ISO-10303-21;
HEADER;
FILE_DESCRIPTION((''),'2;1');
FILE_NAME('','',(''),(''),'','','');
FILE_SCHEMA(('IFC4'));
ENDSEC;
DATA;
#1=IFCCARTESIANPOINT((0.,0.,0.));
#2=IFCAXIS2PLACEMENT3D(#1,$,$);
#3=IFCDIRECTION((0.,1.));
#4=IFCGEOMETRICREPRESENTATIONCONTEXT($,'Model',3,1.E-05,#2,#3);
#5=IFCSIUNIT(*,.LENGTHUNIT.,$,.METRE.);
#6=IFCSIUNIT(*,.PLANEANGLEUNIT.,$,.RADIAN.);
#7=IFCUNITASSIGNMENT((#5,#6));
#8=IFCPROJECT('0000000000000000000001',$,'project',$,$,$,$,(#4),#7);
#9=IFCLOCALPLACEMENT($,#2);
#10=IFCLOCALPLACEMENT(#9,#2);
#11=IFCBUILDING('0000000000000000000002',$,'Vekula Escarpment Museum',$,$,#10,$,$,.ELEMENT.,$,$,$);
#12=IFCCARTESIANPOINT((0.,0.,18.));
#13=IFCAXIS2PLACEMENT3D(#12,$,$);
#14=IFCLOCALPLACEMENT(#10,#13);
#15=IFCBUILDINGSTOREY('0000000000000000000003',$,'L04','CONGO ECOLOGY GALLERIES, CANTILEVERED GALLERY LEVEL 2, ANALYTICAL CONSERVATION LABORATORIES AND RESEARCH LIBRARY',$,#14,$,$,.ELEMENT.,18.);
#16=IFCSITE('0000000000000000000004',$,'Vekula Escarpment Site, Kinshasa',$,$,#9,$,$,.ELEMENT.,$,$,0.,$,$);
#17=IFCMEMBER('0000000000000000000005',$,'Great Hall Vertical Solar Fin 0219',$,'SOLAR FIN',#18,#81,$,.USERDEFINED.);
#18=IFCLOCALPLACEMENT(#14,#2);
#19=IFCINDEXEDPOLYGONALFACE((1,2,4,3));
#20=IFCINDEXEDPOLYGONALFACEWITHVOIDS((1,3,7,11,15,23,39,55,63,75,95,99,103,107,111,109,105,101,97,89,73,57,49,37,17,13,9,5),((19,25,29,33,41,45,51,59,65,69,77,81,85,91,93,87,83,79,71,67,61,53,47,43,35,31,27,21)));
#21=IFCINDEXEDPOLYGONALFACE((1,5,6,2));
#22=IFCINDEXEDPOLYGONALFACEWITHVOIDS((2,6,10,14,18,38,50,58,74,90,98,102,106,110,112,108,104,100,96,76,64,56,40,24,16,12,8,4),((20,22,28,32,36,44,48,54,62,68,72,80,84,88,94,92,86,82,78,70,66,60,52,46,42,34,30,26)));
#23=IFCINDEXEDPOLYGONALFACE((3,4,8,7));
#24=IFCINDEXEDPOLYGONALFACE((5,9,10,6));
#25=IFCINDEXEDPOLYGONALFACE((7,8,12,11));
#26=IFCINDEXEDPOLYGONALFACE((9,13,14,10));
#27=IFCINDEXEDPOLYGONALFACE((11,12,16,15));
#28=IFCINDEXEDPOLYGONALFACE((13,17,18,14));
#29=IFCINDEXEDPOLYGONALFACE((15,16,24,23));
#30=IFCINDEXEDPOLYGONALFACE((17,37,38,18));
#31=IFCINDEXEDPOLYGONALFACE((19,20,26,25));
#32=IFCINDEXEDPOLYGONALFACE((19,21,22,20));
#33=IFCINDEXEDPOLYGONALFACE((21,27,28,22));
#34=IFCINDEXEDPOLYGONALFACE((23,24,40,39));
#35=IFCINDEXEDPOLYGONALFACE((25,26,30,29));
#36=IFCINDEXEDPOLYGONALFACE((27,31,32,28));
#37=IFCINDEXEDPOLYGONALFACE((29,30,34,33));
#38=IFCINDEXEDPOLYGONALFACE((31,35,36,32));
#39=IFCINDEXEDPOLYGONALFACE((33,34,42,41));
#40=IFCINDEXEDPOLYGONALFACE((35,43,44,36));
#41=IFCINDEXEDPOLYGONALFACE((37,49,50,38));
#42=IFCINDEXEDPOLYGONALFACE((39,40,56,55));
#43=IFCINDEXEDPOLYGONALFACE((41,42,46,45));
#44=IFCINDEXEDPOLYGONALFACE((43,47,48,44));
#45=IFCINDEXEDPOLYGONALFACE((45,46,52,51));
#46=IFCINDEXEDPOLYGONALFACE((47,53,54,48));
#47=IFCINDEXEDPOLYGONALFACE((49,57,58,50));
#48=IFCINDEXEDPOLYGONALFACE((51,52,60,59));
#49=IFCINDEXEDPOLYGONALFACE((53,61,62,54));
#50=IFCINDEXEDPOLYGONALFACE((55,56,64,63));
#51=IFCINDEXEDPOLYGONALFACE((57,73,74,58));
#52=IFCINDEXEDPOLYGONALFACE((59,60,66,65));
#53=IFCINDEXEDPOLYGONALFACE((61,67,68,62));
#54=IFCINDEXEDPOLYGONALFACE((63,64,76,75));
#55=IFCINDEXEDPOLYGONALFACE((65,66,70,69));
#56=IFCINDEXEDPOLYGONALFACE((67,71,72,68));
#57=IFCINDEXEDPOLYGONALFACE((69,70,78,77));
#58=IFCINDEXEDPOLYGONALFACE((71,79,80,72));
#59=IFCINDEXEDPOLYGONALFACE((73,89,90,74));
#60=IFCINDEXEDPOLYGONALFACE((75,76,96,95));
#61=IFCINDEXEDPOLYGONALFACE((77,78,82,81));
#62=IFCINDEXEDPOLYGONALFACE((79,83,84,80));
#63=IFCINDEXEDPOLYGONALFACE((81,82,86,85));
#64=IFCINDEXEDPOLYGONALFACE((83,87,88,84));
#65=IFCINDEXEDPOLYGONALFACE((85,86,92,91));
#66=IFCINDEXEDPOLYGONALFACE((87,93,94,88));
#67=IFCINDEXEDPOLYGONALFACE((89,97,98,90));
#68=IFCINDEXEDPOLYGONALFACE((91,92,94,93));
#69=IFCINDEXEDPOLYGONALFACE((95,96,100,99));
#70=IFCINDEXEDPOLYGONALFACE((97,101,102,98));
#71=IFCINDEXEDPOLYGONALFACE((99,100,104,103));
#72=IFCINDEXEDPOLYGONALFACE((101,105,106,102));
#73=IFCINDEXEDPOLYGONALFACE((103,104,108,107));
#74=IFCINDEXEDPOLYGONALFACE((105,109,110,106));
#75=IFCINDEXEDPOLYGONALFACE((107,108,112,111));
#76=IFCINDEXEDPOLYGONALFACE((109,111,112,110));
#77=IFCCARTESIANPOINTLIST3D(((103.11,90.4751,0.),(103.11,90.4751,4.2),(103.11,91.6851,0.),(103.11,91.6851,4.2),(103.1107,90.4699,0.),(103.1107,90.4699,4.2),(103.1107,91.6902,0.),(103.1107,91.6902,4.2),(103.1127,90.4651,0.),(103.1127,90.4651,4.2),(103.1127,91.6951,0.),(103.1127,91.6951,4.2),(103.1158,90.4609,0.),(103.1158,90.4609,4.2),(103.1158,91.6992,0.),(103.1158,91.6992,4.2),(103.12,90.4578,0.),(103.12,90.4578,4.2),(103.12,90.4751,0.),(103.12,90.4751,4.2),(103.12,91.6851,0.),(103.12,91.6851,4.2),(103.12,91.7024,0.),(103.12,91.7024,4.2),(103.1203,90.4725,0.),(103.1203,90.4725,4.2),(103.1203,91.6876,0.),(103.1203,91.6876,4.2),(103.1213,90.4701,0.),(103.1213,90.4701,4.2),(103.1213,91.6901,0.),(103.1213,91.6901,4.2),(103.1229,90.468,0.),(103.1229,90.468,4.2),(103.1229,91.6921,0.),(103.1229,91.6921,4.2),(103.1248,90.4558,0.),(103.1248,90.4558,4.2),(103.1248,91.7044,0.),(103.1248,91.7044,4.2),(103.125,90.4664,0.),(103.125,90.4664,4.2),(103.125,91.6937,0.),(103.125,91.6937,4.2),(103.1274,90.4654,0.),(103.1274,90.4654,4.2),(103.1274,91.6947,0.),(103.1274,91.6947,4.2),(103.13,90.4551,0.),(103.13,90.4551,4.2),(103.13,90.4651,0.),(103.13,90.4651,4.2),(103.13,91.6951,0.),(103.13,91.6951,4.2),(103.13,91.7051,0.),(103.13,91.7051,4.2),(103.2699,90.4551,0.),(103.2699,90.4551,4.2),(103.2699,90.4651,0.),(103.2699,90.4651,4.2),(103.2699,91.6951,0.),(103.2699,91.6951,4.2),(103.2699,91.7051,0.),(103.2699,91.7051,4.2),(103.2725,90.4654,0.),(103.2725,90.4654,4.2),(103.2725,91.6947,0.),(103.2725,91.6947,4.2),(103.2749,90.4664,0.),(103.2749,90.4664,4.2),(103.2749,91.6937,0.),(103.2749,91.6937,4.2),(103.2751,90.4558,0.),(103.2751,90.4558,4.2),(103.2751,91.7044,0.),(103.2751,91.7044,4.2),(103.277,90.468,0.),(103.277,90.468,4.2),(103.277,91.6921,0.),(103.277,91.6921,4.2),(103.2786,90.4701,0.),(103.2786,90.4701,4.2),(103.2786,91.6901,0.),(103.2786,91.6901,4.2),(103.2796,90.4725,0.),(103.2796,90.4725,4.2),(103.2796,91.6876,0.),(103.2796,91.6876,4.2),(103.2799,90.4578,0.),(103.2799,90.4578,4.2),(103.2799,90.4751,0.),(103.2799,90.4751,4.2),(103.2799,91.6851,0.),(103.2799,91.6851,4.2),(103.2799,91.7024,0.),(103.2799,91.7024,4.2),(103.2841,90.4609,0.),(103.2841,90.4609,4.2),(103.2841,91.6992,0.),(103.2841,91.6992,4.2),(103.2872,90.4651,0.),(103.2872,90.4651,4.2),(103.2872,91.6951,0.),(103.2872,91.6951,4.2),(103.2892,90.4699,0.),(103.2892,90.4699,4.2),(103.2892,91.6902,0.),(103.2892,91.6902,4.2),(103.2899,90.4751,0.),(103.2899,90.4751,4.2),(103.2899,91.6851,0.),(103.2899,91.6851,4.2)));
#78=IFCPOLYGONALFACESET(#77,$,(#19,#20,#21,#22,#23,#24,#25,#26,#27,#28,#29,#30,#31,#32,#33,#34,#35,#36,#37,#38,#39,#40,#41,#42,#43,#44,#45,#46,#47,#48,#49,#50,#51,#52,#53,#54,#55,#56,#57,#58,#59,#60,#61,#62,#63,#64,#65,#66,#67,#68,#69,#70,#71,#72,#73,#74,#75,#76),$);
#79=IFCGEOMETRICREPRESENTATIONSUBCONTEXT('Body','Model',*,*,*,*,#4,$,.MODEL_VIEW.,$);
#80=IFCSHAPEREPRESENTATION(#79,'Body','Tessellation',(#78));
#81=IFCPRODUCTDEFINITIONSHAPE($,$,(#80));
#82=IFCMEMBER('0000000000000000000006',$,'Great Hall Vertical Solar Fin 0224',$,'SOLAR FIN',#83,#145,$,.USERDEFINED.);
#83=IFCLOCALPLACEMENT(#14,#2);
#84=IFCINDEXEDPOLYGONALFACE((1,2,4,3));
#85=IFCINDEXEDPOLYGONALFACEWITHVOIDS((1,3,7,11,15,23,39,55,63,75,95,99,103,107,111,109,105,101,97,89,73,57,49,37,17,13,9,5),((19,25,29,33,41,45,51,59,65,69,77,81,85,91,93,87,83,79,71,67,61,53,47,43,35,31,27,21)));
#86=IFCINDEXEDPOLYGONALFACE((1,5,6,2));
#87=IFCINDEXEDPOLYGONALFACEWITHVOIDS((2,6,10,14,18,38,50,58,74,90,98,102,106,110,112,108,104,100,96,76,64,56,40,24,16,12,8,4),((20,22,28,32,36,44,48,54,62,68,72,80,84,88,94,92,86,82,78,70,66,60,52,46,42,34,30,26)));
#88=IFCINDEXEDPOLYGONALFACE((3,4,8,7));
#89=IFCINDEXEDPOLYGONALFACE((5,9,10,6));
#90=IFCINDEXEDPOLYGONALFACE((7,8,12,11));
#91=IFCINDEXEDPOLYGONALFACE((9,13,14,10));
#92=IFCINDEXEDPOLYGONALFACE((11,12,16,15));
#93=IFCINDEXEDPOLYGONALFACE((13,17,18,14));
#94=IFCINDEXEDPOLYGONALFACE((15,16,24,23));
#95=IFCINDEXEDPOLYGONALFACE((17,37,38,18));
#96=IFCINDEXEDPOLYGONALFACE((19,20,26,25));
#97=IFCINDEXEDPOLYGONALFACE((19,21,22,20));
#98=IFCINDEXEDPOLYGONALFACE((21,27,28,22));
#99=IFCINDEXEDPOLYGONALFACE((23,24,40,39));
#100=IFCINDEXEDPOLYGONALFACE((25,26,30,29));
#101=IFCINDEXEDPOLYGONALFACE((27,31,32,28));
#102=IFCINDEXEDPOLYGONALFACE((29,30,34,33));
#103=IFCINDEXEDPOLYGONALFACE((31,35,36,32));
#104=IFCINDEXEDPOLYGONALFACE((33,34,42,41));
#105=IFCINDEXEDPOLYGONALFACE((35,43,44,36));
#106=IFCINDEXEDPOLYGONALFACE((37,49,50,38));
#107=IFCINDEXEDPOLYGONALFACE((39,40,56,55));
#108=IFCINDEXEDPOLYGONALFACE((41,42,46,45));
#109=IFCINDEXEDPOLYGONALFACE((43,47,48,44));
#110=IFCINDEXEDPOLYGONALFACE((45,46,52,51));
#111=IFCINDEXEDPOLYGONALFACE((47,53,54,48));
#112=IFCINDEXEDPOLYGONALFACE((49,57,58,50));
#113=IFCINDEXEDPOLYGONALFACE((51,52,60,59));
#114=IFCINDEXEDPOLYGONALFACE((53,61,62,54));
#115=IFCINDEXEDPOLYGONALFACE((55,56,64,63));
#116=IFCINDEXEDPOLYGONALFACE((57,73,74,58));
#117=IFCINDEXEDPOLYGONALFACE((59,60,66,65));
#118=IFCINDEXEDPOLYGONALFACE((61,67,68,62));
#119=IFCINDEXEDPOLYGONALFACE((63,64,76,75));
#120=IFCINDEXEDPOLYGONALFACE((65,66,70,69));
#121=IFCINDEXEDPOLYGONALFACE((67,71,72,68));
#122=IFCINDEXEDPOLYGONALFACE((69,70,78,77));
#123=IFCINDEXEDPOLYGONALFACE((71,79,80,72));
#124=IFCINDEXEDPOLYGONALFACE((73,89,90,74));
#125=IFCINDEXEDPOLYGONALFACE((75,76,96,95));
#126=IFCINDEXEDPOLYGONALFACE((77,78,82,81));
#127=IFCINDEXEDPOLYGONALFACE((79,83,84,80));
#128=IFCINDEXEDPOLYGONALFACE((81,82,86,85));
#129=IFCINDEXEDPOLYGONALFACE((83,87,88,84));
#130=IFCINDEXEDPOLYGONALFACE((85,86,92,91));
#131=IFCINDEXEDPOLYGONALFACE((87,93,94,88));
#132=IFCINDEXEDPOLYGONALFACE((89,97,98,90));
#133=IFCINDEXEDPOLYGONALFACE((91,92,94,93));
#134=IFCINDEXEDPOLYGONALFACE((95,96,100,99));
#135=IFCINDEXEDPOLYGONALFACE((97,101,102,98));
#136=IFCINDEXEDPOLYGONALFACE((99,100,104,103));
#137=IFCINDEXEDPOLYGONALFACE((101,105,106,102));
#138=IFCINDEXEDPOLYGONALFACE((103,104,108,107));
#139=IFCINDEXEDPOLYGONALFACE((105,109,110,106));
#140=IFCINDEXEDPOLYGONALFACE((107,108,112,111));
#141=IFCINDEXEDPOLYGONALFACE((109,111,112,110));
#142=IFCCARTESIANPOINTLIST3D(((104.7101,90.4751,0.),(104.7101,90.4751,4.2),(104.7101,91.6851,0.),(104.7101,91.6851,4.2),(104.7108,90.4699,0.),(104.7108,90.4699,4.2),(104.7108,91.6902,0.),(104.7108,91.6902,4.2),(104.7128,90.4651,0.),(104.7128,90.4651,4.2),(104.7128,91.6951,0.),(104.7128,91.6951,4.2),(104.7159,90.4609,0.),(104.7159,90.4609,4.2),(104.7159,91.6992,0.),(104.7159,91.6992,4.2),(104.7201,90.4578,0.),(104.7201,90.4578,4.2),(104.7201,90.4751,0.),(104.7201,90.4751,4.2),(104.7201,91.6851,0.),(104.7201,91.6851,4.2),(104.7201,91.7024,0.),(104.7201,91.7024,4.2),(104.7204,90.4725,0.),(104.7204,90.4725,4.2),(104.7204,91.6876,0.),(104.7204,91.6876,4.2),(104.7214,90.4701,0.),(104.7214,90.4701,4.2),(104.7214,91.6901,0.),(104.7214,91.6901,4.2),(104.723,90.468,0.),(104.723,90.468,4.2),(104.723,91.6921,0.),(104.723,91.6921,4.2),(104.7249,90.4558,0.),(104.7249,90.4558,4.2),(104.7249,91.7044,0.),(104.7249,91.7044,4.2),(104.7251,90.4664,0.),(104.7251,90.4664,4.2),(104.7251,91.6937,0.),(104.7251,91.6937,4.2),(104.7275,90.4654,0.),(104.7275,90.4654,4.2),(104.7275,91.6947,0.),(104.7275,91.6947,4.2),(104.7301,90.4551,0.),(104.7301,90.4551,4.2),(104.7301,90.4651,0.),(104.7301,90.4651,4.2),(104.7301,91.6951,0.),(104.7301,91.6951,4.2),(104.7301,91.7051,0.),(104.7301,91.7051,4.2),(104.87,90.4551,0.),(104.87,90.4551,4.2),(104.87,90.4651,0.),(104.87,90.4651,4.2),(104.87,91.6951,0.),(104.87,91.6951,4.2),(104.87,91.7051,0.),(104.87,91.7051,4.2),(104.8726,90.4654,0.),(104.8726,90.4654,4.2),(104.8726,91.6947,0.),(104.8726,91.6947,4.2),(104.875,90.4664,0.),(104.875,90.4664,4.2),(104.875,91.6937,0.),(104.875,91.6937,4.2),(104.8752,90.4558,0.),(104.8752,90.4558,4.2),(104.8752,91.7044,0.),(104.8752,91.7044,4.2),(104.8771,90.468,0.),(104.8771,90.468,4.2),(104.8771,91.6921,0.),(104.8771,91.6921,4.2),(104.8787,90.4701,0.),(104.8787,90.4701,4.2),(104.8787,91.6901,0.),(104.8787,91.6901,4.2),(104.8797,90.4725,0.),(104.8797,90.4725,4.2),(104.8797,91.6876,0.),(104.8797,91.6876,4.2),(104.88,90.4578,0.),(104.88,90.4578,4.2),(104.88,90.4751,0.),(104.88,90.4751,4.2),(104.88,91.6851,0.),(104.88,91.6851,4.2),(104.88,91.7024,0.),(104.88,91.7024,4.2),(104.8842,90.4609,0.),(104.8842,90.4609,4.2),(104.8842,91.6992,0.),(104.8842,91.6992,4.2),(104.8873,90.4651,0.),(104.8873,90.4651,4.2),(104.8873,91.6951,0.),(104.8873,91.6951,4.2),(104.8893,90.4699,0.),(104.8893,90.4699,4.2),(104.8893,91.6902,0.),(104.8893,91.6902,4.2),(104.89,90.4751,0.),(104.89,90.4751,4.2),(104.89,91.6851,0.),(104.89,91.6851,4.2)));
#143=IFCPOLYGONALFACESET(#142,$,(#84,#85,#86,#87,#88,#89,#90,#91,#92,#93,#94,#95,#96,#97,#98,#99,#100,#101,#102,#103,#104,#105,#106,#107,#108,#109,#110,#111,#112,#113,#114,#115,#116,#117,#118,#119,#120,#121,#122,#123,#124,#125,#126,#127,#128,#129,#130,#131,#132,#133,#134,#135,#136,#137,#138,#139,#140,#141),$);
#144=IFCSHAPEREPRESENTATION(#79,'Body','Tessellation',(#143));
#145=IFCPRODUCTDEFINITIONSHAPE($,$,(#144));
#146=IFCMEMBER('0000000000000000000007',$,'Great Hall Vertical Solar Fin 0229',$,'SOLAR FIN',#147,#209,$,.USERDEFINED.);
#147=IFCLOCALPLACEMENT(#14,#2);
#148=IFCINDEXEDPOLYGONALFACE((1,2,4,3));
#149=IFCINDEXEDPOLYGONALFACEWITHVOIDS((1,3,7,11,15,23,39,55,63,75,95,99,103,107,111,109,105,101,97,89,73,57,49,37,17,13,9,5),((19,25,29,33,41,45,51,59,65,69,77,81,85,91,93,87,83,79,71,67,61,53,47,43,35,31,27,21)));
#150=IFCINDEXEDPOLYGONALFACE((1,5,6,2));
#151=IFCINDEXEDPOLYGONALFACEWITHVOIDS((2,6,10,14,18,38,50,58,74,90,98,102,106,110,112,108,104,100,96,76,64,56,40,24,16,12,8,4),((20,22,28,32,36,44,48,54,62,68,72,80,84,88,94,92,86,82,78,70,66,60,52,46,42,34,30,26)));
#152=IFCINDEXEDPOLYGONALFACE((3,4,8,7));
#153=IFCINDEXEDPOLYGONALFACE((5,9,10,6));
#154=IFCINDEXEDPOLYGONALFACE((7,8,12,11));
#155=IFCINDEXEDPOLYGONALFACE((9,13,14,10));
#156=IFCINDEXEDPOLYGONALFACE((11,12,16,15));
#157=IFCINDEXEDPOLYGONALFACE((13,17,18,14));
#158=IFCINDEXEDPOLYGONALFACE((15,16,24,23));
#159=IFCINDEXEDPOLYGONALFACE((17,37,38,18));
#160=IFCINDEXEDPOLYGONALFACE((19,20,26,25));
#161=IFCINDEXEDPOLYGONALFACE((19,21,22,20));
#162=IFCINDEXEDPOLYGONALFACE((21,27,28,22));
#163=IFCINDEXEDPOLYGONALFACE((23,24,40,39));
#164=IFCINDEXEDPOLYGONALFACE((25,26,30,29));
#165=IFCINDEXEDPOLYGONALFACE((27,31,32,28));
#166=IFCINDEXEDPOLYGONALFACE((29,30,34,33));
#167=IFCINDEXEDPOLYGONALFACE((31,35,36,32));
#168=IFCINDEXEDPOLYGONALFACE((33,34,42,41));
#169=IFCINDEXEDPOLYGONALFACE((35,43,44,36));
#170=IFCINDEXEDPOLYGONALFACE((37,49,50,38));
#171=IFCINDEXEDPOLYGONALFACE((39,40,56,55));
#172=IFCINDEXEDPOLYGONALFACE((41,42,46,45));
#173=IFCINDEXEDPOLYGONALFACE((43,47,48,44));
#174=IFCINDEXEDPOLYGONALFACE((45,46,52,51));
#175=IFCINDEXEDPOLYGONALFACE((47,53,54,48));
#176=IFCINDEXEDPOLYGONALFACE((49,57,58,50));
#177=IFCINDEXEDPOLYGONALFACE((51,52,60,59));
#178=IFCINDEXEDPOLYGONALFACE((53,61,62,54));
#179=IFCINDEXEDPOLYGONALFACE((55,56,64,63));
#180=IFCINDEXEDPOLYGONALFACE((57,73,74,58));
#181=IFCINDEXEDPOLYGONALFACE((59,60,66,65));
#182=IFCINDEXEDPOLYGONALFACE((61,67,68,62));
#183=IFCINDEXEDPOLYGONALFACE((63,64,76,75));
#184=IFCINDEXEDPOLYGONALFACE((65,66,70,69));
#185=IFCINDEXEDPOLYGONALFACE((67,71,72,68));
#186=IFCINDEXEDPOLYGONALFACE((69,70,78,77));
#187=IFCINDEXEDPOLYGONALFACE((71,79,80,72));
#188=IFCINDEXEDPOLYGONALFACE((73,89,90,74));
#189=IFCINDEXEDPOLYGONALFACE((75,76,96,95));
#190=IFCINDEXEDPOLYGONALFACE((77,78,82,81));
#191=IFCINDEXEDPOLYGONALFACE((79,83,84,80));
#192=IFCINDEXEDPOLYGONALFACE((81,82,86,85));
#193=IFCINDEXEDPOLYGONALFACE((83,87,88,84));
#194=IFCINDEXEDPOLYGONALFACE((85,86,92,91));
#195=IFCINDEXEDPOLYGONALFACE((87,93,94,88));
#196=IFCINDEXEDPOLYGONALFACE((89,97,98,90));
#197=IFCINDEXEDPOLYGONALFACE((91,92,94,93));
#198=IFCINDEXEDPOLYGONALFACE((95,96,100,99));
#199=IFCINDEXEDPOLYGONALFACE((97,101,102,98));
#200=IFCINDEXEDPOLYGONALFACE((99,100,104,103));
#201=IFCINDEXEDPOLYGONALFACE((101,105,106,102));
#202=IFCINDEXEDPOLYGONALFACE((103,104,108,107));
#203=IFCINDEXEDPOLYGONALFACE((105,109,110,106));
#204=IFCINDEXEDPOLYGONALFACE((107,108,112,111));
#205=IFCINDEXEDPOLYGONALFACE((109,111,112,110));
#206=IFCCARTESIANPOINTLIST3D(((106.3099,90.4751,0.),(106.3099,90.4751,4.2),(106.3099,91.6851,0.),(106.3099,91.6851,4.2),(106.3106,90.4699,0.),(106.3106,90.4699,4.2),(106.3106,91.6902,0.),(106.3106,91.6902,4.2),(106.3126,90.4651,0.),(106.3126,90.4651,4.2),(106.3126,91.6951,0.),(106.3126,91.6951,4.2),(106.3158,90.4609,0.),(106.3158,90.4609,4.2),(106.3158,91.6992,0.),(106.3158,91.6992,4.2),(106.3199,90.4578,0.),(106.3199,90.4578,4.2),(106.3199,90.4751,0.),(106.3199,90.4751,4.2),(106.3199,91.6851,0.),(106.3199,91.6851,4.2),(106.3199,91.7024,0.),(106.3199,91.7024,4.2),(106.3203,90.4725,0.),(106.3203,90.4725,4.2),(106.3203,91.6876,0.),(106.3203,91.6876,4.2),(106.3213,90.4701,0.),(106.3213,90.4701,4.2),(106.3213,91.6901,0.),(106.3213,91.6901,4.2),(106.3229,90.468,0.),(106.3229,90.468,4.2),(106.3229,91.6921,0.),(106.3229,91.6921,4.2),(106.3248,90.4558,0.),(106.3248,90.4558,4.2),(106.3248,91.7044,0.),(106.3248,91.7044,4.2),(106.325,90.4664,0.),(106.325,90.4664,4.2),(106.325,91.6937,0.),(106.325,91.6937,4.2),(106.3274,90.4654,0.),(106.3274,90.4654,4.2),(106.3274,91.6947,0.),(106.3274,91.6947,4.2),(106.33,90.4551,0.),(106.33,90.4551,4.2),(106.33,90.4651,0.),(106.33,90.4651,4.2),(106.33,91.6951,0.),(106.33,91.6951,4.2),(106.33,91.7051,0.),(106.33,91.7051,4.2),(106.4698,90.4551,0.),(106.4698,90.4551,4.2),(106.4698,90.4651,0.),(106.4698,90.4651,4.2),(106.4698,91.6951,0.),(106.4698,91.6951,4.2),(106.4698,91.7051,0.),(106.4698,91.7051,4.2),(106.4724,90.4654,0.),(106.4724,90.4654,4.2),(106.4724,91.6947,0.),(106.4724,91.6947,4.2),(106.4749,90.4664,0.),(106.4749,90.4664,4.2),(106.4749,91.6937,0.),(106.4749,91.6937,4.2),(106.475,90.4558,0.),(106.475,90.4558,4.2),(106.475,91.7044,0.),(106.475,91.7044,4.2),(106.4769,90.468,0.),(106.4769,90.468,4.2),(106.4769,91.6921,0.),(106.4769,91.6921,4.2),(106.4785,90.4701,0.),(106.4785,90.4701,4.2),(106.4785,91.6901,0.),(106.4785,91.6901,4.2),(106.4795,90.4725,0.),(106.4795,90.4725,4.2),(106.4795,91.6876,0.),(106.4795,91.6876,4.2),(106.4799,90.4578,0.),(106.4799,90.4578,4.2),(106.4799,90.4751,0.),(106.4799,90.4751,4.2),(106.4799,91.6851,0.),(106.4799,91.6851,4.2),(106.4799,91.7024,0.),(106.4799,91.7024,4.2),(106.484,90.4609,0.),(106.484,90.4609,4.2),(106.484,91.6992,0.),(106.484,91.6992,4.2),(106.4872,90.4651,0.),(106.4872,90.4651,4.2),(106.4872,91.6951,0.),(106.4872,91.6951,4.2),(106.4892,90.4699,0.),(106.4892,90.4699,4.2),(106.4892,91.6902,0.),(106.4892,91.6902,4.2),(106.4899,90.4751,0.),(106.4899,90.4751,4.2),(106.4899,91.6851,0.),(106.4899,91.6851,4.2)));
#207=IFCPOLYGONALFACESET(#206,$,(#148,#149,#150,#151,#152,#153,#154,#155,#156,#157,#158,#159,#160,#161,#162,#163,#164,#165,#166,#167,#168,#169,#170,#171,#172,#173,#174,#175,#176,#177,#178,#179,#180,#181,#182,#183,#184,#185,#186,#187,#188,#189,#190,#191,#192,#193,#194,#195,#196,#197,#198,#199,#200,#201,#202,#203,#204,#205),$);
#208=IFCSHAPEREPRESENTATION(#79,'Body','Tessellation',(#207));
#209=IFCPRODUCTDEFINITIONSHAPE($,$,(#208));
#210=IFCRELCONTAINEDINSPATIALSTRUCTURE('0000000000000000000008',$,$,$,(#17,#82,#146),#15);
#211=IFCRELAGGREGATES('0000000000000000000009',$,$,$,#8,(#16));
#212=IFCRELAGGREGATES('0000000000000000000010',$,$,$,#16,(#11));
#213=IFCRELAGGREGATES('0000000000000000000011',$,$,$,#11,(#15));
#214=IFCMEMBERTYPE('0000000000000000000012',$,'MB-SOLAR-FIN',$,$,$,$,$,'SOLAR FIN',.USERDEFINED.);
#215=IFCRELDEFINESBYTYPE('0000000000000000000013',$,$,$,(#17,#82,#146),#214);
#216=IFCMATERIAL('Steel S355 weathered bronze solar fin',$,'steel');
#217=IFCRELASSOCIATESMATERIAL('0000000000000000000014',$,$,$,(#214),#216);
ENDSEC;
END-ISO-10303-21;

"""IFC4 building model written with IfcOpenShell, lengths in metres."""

from ifc_helpers import new_model, si_unit, direction, frame, origin, origin_2d, place, context, subcontext, project, spatial, hollow_rectangle, extrude, material, material_profile, profile_set, type_object, element, save


model = new_model("IFC4")

# Units and contexts
model_context = context("Model", 3, precision=1e-05, world=origin(), true_north=direction((0.0, 1.0)))
body_context = subcontext(model_context, "Body", "Model", "MODEL_VIEW")
ifc_project = project(units=[si_unit("LENGTHUNIT", "METRE"), si_unit("PLANEANGLEUNIT", "RADIAN")], contexts=[model_context])

# Site, building, storey
site_placement = place(None, origin())
site = spatial("IfcSite", under=ifc_project, at=site_placement, Name="Vekula Escarpment Site, Kinshasa", CompositionType="ELEMENT", RefElevation=0.0)
building_placement = place(site_placement, origin())
building = spatial("IfcBuilding", under=site, at=building_placement, Name="Vekula Escarpment Museum", CompositionType="ELEMENT")
storey_placement = place(building_placement, frame((0.0, 0.0, 18.0)))
storey = spatial("IfcBuildingStorey", under=building, at=storey_placement, Name="L04", Description="CONGO ECOLOGY GALLERIES, CANTILEVERED GALLERY LEVEL 2, ANALYTICAL CONSERVATION LABORATORIES AND RESEARCH LIBRARY", CompositionType="ELEMENT", Elevation=18.0)

# Members
ifc_material_1 = material(Name="Steel S355 weathered bronze solar fin", Category="steel")
ifc_material_profile_1 = material_profile(ifc_material_1, hollow_rectangle(XDim=0.1799, YDim=1.25, WallThickness=0.01, InnerFilletRadius=0.01, OuterFilletRadius=0.02, at=origin_2d()), Name="RHS 1250x180x10")
ifc_profile_set_1 = profile_set([ifc_material_profile_1], Name="Steel S355 weathered bronze solar fin")
member_type_1 = type_object("IfcMemberType", Name="MB-SOLAR-FIN", ElementType="SOLAR FIN", PredefinedType="USERDEFINED", material=ifc_profile_set_1)
for number, where, z_axis, x_axis, name in (
    (1, (103.2, 91.0801, 0.0), (0.0, 0.0, 1.0), (1.0, 0.0, 0.0), "Great Hall Vertical Solar Fin 0219"),
    (2, (104.8, 91.0801, 0.0), (0.0, 0.0, 1.0), (1.0, 0.0, 0.0), "Great Hall Vertical Solar Fin 0224"),
    (3, (106.3999, 91.0801, 0.0), (0.0, 0.0, 1.0), (1.0, 0.0, 0.0), "Great Hall Vertical Solar Fin 0229"),
):
    element("IfcMember", number, at=place(storey_placement, frame(where, z_axis=z_axis, x_axis=x_axis)), inside=storey, type_object=member_type_1, Name=name, ObjectType="SOLAR FIN", PredefinedType="USERDEFINED", context=body_context, shape_type="SweptSolid", body=[
        extrude(hollow_rectangle(XDim=0.1799, YDim=1.25, WallThickness=0.01, InnerFilletRadius=0.01, OuterFilletRadius=0.02, at=origin_2d()), origin(), (0.0, 0.0, 1.0), 4.2),
    ])

save(model, "model.ifc")
